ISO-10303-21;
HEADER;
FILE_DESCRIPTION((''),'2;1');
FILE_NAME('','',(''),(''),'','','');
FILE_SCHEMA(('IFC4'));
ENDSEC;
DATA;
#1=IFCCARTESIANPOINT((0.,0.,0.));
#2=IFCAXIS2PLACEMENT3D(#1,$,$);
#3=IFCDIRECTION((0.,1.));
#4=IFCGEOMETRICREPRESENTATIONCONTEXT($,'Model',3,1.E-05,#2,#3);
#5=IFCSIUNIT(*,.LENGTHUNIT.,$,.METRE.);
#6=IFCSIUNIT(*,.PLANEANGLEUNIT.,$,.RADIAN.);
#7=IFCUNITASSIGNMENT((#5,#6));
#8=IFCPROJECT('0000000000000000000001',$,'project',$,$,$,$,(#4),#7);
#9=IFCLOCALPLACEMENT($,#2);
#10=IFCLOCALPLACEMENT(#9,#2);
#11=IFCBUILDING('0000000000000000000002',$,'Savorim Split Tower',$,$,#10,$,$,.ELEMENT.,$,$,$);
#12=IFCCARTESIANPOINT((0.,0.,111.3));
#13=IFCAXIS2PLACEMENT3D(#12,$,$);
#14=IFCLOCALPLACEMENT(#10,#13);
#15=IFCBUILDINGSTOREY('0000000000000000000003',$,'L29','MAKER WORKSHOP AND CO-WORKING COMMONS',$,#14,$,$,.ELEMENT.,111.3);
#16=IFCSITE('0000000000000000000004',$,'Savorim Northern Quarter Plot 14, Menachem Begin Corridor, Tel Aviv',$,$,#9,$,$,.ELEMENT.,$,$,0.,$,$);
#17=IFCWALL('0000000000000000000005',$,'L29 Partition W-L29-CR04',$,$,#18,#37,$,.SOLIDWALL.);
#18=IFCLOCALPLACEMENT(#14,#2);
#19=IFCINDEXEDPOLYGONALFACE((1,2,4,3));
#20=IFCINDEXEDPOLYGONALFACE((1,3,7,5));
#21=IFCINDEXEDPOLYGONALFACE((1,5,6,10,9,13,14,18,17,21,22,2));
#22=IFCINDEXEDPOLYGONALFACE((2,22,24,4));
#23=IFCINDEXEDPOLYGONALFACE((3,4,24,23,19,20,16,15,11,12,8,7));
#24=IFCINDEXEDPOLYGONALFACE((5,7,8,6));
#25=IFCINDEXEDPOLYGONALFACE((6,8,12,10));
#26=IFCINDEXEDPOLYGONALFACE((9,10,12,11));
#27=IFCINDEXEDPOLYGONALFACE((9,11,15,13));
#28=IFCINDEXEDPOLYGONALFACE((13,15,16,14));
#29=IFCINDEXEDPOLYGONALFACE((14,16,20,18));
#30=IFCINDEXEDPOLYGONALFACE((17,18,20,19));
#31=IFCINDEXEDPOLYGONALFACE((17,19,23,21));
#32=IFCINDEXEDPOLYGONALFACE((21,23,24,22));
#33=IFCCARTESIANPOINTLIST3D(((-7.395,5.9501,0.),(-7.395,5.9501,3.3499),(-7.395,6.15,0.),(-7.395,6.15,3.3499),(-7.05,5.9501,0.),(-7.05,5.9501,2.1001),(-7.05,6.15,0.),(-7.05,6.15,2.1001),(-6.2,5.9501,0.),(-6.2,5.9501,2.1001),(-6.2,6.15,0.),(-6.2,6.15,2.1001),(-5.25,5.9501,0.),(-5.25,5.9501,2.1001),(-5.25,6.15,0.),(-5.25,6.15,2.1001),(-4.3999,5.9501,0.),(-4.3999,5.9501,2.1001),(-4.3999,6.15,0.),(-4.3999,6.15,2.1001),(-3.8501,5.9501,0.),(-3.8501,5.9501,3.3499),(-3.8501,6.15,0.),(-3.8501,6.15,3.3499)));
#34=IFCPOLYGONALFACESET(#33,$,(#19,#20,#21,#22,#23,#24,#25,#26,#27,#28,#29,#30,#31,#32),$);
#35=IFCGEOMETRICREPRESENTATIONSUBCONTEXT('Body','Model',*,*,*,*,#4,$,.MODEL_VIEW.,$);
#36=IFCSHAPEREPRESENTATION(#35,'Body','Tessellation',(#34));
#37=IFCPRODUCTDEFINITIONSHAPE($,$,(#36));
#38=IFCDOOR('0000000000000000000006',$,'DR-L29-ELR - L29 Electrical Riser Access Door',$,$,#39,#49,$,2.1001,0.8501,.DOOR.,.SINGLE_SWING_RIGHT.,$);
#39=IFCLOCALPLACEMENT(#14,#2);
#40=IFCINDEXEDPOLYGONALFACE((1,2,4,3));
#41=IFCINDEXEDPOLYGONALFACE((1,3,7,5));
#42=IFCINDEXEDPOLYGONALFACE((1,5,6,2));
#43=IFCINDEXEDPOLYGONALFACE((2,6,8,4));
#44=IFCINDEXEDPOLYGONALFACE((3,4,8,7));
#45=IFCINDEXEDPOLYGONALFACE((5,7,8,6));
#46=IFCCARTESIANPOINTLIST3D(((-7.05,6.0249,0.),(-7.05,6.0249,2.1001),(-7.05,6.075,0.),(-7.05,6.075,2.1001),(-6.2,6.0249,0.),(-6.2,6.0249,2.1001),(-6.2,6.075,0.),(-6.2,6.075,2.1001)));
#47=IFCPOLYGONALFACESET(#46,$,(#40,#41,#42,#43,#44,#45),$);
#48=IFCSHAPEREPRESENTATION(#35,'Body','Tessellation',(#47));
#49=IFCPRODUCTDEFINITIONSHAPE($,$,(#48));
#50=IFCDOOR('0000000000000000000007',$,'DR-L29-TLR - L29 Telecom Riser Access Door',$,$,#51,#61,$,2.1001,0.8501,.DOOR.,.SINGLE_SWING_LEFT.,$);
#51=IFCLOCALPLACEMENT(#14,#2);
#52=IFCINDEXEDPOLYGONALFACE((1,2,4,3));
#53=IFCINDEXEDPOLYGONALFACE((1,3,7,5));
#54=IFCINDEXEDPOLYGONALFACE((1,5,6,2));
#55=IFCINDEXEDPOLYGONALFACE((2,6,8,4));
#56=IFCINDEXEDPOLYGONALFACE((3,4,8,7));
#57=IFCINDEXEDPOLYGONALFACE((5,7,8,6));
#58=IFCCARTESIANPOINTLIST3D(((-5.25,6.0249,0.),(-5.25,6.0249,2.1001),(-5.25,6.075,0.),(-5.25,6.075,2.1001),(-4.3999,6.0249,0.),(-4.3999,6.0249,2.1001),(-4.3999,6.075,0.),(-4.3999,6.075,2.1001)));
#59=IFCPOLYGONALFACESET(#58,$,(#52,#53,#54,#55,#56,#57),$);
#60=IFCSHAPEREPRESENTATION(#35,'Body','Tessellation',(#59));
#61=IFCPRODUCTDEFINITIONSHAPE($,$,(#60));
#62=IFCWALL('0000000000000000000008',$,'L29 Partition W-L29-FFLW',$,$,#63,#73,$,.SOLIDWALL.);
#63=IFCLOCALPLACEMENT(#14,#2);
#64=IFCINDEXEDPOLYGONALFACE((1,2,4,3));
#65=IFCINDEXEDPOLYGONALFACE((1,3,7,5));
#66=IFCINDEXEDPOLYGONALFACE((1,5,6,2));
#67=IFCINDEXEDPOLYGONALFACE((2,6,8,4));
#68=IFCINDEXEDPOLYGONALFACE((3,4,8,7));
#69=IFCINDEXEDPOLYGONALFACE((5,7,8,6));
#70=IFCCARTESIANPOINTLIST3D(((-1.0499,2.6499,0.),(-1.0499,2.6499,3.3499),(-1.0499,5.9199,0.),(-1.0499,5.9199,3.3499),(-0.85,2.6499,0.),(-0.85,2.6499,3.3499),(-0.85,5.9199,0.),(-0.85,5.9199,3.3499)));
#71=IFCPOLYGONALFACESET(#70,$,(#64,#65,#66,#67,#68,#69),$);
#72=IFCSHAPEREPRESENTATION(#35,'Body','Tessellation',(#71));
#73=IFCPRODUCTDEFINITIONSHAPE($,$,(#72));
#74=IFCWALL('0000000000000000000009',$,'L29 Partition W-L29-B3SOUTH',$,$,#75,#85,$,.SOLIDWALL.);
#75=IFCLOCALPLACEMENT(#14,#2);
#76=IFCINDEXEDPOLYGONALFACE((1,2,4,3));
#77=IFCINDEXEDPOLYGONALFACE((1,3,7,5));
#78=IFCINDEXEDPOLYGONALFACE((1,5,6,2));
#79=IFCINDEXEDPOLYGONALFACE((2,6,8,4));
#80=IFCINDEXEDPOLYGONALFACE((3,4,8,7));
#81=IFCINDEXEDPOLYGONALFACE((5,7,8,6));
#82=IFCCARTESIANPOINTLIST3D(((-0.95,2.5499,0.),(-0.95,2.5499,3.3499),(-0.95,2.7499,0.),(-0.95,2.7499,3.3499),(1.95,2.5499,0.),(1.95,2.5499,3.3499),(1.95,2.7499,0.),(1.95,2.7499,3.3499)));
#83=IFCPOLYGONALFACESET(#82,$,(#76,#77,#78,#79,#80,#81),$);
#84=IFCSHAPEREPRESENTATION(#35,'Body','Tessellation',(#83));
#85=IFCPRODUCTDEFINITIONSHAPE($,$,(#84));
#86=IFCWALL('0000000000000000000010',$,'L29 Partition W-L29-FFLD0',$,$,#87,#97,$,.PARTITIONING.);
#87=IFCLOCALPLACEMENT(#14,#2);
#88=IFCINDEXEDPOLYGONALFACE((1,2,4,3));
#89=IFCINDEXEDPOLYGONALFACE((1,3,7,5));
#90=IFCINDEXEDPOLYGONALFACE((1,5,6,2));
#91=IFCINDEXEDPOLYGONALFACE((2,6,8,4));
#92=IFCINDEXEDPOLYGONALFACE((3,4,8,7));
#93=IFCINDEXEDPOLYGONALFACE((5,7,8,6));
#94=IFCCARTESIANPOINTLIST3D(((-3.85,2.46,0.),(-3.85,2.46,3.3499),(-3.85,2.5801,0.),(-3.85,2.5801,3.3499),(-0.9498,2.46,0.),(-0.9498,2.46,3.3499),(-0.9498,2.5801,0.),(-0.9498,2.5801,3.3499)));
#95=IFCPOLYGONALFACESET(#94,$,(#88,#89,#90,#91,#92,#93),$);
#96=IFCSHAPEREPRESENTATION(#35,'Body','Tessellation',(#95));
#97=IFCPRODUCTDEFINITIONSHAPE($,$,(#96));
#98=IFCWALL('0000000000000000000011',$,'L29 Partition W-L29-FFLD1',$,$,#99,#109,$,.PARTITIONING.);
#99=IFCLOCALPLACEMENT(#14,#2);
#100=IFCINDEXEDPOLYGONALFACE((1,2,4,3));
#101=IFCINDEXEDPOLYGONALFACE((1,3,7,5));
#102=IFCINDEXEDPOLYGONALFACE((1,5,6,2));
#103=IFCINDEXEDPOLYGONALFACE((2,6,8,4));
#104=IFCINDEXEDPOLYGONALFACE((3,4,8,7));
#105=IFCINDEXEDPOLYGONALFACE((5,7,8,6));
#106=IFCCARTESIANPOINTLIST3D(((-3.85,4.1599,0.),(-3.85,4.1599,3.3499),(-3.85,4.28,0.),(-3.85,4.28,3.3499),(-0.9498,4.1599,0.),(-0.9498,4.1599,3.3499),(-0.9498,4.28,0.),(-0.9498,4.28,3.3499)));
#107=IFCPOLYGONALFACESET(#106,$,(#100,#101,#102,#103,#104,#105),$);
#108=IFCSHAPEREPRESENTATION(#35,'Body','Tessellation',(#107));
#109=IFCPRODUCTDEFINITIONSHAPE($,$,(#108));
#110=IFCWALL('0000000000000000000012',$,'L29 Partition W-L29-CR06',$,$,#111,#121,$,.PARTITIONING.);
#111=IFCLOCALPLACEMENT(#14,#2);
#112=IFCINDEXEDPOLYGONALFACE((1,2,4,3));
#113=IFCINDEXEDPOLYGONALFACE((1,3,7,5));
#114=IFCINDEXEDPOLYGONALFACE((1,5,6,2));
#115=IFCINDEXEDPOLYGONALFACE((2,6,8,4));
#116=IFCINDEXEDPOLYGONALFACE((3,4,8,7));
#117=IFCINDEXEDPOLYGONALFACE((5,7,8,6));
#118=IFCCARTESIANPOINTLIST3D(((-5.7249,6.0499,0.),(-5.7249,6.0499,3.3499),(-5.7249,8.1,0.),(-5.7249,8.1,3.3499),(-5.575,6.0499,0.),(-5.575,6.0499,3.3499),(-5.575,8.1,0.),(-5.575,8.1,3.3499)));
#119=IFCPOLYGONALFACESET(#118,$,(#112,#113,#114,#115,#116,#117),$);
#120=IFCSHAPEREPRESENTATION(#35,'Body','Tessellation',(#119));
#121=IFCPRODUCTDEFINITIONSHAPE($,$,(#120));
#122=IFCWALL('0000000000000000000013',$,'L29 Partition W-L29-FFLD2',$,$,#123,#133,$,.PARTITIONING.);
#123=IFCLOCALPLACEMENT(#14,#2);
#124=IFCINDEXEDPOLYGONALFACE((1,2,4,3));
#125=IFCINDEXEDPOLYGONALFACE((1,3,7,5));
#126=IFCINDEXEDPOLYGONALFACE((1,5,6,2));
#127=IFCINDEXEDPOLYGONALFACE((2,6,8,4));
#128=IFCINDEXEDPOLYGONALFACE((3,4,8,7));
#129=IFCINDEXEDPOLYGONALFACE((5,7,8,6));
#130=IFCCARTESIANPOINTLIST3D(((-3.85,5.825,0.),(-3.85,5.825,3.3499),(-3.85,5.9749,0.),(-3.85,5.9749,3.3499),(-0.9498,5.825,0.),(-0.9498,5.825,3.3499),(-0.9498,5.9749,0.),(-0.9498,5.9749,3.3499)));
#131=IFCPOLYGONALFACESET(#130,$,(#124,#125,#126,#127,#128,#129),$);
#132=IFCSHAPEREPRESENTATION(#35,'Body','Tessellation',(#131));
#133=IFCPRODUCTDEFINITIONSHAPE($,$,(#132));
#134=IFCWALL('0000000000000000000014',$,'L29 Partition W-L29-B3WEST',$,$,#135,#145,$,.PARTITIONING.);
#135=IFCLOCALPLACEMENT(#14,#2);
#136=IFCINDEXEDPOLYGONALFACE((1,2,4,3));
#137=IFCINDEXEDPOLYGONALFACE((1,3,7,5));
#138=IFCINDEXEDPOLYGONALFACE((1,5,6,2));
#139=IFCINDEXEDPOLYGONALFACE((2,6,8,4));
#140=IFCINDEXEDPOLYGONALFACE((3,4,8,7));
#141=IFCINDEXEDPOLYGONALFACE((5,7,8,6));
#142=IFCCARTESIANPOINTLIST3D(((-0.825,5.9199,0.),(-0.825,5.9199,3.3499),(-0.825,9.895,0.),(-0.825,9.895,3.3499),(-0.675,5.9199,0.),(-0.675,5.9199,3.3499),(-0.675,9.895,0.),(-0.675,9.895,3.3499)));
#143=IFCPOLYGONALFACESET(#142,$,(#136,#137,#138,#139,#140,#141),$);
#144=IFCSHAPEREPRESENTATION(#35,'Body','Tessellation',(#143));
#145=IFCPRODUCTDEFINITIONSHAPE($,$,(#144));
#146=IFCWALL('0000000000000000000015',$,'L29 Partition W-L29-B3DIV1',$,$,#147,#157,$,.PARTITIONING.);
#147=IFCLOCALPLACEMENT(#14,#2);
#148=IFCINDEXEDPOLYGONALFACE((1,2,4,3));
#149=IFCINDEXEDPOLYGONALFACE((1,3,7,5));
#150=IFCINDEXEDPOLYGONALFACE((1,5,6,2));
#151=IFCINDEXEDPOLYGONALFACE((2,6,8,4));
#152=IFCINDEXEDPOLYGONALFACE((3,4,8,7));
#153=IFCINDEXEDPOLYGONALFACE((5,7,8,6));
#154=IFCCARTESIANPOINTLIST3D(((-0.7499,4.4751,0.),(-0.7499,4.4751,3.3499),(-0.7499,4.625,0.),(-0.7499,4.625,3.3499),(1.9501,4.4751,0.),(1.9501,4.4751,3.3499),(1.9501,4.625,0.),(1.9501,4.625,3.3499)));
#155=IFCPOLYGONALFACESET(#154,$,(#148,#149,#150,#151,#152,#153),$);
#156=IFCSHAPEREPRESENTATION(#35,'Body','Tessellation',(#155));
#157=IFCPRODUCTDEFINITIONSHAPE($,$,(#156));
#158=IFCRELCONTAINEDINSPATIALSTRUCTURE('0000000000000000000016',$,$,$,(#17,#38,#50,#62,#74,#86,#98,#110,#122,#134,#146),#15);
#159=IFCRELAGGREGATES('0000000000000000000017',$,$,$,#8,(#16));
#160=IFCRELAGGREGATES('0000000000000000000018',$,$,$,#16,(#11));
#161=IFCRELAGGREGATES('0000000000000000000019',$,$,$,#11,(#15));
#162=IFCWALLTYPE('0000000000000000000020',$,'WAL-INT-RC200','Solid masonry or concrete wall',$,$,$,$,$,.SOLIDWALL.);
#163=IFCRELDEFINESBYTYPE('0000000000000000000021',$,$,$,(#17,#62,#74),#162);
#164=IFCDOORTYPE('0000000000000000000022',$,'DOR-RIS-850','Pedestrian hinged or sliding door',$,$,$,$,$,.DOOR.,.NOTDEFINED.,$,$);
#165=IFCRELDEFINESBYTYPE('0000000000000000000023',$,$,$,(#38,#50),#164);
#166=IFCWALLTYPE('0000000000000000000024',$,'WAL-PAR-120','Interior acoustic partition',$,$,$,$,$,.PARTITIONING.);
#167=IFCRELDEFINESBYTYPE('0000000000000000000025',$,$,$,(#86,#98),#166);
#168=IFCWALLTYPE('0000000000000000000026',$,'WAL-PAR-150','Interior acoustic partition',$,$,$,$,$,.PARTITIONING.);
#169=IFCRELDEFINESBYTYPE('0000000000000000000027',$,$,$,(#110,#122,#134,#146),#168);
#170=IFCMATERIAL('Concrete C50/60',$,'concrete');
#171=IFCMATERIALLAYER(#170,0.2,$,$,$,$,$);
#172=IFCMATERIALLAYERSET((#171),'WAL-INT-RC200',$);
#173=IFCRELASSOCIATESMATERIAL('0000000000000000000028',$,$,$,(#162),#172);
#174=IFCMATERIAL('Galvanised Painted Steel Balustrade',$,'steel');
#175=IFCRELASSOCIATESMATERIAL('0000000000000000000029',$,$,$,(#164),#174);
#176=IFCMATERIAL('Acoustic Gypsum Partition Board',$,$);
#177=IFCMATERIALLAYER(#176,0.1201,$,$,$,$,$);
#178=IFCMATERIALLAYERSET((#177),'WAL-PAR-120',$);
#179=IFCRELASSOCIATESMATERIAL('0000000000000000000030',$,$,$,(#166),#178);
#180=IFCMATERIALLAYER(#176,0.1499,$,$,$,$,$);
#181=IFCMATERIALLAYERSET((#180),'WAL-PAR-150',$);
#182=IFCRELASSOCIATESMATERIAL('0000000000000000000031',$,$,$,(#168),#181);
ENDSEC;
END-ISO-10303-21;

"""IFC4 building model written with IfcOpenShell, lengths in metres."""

from ifc_helpers import new_model, si_unit, direction, frame, frame_2d, origin, place, context, subcontext, project, spatial, rectangle, extrude, material, layer, layer_set, type_object, element, fill, save


model = new_model("IFC4")

# Units and contexts
model_context = context("Model", 3, precision=1e-05, world=origin(), true_north=direction((0.0, 1.0)))
body_context = subcontext(model_context, "Body", "Model", "MODEL_VIEW")
ifc_project = project(units=[si_unit("LENGTHUNIT", "METRE"), si_unit("PLANEANGLEUNIT", "RADIAN")], contexts=[model_context])

# Site, building, storey
site_placement = place(None, origin())
site = spatial("IfcSite", under=ifc_project, at=site_placement, Name="Savorim Northern Quarter Plot 14, Menachem Begin Corridor, Tel Aviv", CompositionType="ELEMENT", RefElevation=0.0)
building_placement = place(site_placement, origin())
building = spatial("IfcBuilding", under=site, at=building_placement, Name="Savorim Split Tower", CompositionType="ELEMENT")
storey_placement = place(building_placement, frame((0.0, 0.0, 111.3)))
storey = spatial("IfcBuildingStorey", under=building, at=storey_placement, Name="L29", Description="MAKER WORKSHOP AND CO-WORKING COMMONS", CompositionType="ELEMENT", Elevation=111.3)

# Wall, openings, doors
ifc_material_1 = material(Name="Concrete C50/60", Category="concrete")
ifc_layer_1 = layer(ifc_material_1, 0.2)
ifc_layer_set_1 = layer_set([ifc_layer_1], Name="WAL-INT-RC200")
wall_type_1 = type_object("IfcWallType", Name="WAL-INT-RC200", Description="Solid masonry or concrete wall", PredefinedType="SOLIDWALL", material=ifc_layer_set_1)
wall_1_placement = place(storey_placement, frame((-7.395, 6.05, 0.0), z_axis=(0.0, 0.0, 1.0), x_axis=(1.0, 0.0, 0.0)))
wall_1 = element("IfcWall", 1, at=wall_1_placement, inside=storey, type_object=wall_type_1, Name="L29 Partition W-L29-CR04", PredefinedType="SOLIDWALL", context=body_context, shape_type="SweptSolid", body=[
    extrude(rectangle(XDim=3.5449, YDim=0.2, at=frame_2d((1.7725, 0.0))), origin(), (0.0, 0.0, 1.0), 3.3499),
])
opening_1_placement = place(wall_1_placement, frame((0.345, 0.0, 0.0)))
opening_1 = element("IfcOpeningElement", 2, at=opening_1_placement, cuts=wall_1, PredefinedType="OPENING", context=body_context, shape_type="SweptSolid", body=[
    extrude(rectangle(XDim=0.8501, YDim=2.1001, at=frame_2d((0.425, 1.05))), frame((0.0, 0.1099, 0.0), z_axis=(0.0, -1.0, 0.0), x_axis=(1.0, 0.0, 0.0)), (0.0, 0.0, 1.0), 0.22),
])
opening_2_placement = place(wall_1_placement, frame((2.145, 0.0, 0.0)))
opening_2 = element("IfcOpeningElement", 3, at=opening_2_placement, cuts=wall_1, PredefinedType="OPENING", context=body_context, shape_type="SweptSolid", body=[
    extrude(rectangle(XDim=0.8501, YDim=2.1001, at=frame_2d((0.425, 1.05))), frame((0.0, 0.1099, 0.0), z_axis=(0.0, -1.0, 0.0), x_axis=(1.0, 0.0, 0.0)), (0.0, 0.0, 1.0), 0.22),
])
ifc_material_2 = material(Name="Galvanised Painted Steel Balustrade", Category="steel")
door_type = type_object("IfcDoorType", Name="DOR-RIS-850", Description="Pedestrian hinged or sliding door", OperationType="NOTDEFINED", PredefinedType="DOOR", material=ifc_material_2)
door_1_placement = place(opening_1_placement, origin())
door_1 = element("IfcDoor", 4, at=door_1_placement, inside=storey, type_object=door_type, Name="DR-L29-ELR - L29 Electrical Riser Access Door", OperationType="SINGLE_SWING_RIGHT", OverallHeight=2.1001, OverallWidth=0.8501, PredefinedType="DOOR", context=body_context, shape_type="SweptSolid", body=[
    extrude(rectangle(XDim=0.8501, YDim=2.1001, at=frame_2d((0.425, 1.05))), frame((0.0, 0.0249, 0.0), z_axis=(0.0, -1.0, 0.0), x_axis=(1.0, 0.0, 0.0)), (0.0, 0.0, 1.0), 0.05),
])
fill(opening_1, door_1)
door_2_placement = place(opening_2_placement, origin())
door_2 = element("IfcDoor", 5, at=door_2_placement, inside=storey, type_object=door_type, Name="DR-L29-TLR - L29 Telecom Riser Access Door", OperationType="SINGLE_SWING_LEFT", OverallHeight=2.1001, OverallWidth=0.8501, PredefinedType="DOOR", context=body_context, shape_type="SweptSolid", body=[
    extrude(rectangle(XDim=0.8501, YDim=2.1001, at=frame_2d((0.425, 1.05))), frame((0.0, 0.0249, 0.0), z_axis=(0.0, -1.0, 0.0), x_axis=(1.0, 0.0, 0.0)), (0.0, 0.0, 1.0), 0.05),
])
fill(opening_2, door_2)

# Walls
wall_2_placement = place(storey_placement, frame((-0.95, 2.6499, 0.0), z_axis=(0.0, 0.0, 1.0), x_axis=(0.0, 1.0, 0.0)))
element("IfcWall", 6, at=wall_2_placement, inside=storey, type_object=wall_type_1, Name="L29 Partition W-L29-FFLW", PredefinedType="SOLIDWALL", context=body_context, shape_type="SweptSolid", body=[
    extrude(rectangle(XDim=3.27, YDim=0.2, at=frame_2d((1.635, 0.0))), origin(), (0.0, 0.0, 1.0), 3.3499),
])
wall_3_placement = place(storey_placement, frame((-0.95, 2.6499, 0.0), z_axis=(0.0, 0.0, 1.0), x_axis=(1.0, 0.0, 0.0)))
element("IfcWall", 7, at=wall_3_placement, inside=storey, type_object=wall_type_1, Name="L29 Partition W-L29-B3SOUTH", PredefinedType="SOLIDWALL", context=body_context, shape_type="SweptSolid", body=[
    extrude(rectangle(XDim=2.8999, YDim=0.2, at=frame_2d((1.45, 0.0))), origin(), (0.0, 0.0, 1.0), 3.3499),
])
ifc_material_3 = material(Name="Acoustic Gypsum Partition Board")
ifc_layer_2 = layer(ifc_material_3, 0.1201)
ifc_layer_set_2 = layer_set([ifc_layer_2], Name="WAL-PAR-120")
wall_type_2 = type_object("IfcWallType", Name="WAL-PAR-120", Description="Interior acoustic partition", PredefinedType="PARTITIONING", material=ifc_layer_set_2)
for number, where, z_axis, x_axis, name in (
    (8, (-3.8501, 2.52, 0.0), (0.0, 0.0, 1.0), (1.0, 0.0, 0.0), "L29 Partition W-L29-FFLD0"),
    (9, (-3.8501, 4.22, 0.0), (0.0, 0.0, 1.0), (1.0, 0.0, 0.0), "L29 Partition W-L29-FFLD1"),
):
    element("IfcWall", number, at=place(storey_placement, frame(where, z_axis=z_axis, x_axis=x_axis)), inside=storey, type_object=wall_type_2, Name=name, PredefinedType="PARTITIONING", context=body_context, shape_type="SweptSolid", body=[
        extrude(rectangle(XDim=2.9001, YDim=0.1201, at=frame_2d((1.4502, 0.0))), origin(), (0.0, 0.0, 1.0), 3.3499),
    ])
ifc_layer_3 = layer(ifc_material_3, 0.1499)
ifc_layer_set_3 = layer_set([ifc_layer_3], Name="WAL-PAR-150")
wall_type_3 = type_object("IfcWallType", Name="WAL-PAR-150", Description="Interior acoustic partition", PredefinedType="PARTITIONING", material=ifc_layer_set_3)
wall_4_placement = place(storey_placement, frame((-5.6499, 6.05, 0.0), z_axis=(0.0, 0.0, 1.0), x_axis=(0.0, 1.0, 0.0)))
element("IfcWall", 10, at=wall_4_placement, inside=storey, type_object=wall_type_3, Name="L29 Partition W-L29-CR06", PredefinedType="PARTITIONING", context=body_context, shape_type="SweptSolid", body=[
    extrude(rectangle(XDim=2.05, YDim=0.1499, at=frame_2d((1.0249, 0.0))), origin(), (0.0, 0.0, 1.0), 3.3499),
])
wall_5_placement = place(storey_placement, frame((-3.8501, 5.8999, 0.0), z_axis=(0.0, 0.0, 1.0), x_axis=(1.0, 0.0, 0.0)))
element("IfcWall", 11, at=wall_5_placement, inside=storey, type_object=wall_type_3, Name="L29 Partition W-L29-FFLD2", PredefinedType="PARTITIONING", context=body_context, shape_type="SweptSolid", body=[
    extrude(rectangle(XDim=2.9001, YDim=0.1499, at=frame_2d((1.4502, 0.0))), origin(), (0.0, 0.0, 1.0), 3.3499),
])
wall_6_placement = place(storey_placement, frame((-0.75, 5.9199, 0.0), z_axis=(0.0, 0.0, 1.0), x_axis=(0.0, 1.0, 0.0)))
element("IfcWall", 12, at=wall_6_placement, inside=storey, type_object=wall_type_3, Name="L29 Partition W-L29-B3WEST", PredefinedType="PARTITIONING", context=body_context, shape_type="SweptSolid", body=[
    extrude(rectangle(XDim=3.9751, YDim=0.1499, at=frame_2d((1.9875, 0.0))), origin(), (0.0, 0.0, 1.0), 3.3499),
])
wall_7_placement = place(storey_placement, frame((-0.75, 4.55, 0.0), z_axis=(0.0, 0.0, 1.0), x_axis=(1.0, 0.0, 0.0)))
element("IfcWall", 13, at=wall_7_placement, inside=storey, type_object=wall_type_3, Name="L29 Partition W-L29-B3DIV1", PredefinedType="PARTITIONING", context=body_context, shape_type="SweptSolid", body=[
    extrude(rectangle(XDim=2.7, YDim=0.1499, at=frame_2d((1.3501, 0.0))), origin(), (0.0, 0.0, 1.0), 3.3499),
])

save(model, "model.ifc")
